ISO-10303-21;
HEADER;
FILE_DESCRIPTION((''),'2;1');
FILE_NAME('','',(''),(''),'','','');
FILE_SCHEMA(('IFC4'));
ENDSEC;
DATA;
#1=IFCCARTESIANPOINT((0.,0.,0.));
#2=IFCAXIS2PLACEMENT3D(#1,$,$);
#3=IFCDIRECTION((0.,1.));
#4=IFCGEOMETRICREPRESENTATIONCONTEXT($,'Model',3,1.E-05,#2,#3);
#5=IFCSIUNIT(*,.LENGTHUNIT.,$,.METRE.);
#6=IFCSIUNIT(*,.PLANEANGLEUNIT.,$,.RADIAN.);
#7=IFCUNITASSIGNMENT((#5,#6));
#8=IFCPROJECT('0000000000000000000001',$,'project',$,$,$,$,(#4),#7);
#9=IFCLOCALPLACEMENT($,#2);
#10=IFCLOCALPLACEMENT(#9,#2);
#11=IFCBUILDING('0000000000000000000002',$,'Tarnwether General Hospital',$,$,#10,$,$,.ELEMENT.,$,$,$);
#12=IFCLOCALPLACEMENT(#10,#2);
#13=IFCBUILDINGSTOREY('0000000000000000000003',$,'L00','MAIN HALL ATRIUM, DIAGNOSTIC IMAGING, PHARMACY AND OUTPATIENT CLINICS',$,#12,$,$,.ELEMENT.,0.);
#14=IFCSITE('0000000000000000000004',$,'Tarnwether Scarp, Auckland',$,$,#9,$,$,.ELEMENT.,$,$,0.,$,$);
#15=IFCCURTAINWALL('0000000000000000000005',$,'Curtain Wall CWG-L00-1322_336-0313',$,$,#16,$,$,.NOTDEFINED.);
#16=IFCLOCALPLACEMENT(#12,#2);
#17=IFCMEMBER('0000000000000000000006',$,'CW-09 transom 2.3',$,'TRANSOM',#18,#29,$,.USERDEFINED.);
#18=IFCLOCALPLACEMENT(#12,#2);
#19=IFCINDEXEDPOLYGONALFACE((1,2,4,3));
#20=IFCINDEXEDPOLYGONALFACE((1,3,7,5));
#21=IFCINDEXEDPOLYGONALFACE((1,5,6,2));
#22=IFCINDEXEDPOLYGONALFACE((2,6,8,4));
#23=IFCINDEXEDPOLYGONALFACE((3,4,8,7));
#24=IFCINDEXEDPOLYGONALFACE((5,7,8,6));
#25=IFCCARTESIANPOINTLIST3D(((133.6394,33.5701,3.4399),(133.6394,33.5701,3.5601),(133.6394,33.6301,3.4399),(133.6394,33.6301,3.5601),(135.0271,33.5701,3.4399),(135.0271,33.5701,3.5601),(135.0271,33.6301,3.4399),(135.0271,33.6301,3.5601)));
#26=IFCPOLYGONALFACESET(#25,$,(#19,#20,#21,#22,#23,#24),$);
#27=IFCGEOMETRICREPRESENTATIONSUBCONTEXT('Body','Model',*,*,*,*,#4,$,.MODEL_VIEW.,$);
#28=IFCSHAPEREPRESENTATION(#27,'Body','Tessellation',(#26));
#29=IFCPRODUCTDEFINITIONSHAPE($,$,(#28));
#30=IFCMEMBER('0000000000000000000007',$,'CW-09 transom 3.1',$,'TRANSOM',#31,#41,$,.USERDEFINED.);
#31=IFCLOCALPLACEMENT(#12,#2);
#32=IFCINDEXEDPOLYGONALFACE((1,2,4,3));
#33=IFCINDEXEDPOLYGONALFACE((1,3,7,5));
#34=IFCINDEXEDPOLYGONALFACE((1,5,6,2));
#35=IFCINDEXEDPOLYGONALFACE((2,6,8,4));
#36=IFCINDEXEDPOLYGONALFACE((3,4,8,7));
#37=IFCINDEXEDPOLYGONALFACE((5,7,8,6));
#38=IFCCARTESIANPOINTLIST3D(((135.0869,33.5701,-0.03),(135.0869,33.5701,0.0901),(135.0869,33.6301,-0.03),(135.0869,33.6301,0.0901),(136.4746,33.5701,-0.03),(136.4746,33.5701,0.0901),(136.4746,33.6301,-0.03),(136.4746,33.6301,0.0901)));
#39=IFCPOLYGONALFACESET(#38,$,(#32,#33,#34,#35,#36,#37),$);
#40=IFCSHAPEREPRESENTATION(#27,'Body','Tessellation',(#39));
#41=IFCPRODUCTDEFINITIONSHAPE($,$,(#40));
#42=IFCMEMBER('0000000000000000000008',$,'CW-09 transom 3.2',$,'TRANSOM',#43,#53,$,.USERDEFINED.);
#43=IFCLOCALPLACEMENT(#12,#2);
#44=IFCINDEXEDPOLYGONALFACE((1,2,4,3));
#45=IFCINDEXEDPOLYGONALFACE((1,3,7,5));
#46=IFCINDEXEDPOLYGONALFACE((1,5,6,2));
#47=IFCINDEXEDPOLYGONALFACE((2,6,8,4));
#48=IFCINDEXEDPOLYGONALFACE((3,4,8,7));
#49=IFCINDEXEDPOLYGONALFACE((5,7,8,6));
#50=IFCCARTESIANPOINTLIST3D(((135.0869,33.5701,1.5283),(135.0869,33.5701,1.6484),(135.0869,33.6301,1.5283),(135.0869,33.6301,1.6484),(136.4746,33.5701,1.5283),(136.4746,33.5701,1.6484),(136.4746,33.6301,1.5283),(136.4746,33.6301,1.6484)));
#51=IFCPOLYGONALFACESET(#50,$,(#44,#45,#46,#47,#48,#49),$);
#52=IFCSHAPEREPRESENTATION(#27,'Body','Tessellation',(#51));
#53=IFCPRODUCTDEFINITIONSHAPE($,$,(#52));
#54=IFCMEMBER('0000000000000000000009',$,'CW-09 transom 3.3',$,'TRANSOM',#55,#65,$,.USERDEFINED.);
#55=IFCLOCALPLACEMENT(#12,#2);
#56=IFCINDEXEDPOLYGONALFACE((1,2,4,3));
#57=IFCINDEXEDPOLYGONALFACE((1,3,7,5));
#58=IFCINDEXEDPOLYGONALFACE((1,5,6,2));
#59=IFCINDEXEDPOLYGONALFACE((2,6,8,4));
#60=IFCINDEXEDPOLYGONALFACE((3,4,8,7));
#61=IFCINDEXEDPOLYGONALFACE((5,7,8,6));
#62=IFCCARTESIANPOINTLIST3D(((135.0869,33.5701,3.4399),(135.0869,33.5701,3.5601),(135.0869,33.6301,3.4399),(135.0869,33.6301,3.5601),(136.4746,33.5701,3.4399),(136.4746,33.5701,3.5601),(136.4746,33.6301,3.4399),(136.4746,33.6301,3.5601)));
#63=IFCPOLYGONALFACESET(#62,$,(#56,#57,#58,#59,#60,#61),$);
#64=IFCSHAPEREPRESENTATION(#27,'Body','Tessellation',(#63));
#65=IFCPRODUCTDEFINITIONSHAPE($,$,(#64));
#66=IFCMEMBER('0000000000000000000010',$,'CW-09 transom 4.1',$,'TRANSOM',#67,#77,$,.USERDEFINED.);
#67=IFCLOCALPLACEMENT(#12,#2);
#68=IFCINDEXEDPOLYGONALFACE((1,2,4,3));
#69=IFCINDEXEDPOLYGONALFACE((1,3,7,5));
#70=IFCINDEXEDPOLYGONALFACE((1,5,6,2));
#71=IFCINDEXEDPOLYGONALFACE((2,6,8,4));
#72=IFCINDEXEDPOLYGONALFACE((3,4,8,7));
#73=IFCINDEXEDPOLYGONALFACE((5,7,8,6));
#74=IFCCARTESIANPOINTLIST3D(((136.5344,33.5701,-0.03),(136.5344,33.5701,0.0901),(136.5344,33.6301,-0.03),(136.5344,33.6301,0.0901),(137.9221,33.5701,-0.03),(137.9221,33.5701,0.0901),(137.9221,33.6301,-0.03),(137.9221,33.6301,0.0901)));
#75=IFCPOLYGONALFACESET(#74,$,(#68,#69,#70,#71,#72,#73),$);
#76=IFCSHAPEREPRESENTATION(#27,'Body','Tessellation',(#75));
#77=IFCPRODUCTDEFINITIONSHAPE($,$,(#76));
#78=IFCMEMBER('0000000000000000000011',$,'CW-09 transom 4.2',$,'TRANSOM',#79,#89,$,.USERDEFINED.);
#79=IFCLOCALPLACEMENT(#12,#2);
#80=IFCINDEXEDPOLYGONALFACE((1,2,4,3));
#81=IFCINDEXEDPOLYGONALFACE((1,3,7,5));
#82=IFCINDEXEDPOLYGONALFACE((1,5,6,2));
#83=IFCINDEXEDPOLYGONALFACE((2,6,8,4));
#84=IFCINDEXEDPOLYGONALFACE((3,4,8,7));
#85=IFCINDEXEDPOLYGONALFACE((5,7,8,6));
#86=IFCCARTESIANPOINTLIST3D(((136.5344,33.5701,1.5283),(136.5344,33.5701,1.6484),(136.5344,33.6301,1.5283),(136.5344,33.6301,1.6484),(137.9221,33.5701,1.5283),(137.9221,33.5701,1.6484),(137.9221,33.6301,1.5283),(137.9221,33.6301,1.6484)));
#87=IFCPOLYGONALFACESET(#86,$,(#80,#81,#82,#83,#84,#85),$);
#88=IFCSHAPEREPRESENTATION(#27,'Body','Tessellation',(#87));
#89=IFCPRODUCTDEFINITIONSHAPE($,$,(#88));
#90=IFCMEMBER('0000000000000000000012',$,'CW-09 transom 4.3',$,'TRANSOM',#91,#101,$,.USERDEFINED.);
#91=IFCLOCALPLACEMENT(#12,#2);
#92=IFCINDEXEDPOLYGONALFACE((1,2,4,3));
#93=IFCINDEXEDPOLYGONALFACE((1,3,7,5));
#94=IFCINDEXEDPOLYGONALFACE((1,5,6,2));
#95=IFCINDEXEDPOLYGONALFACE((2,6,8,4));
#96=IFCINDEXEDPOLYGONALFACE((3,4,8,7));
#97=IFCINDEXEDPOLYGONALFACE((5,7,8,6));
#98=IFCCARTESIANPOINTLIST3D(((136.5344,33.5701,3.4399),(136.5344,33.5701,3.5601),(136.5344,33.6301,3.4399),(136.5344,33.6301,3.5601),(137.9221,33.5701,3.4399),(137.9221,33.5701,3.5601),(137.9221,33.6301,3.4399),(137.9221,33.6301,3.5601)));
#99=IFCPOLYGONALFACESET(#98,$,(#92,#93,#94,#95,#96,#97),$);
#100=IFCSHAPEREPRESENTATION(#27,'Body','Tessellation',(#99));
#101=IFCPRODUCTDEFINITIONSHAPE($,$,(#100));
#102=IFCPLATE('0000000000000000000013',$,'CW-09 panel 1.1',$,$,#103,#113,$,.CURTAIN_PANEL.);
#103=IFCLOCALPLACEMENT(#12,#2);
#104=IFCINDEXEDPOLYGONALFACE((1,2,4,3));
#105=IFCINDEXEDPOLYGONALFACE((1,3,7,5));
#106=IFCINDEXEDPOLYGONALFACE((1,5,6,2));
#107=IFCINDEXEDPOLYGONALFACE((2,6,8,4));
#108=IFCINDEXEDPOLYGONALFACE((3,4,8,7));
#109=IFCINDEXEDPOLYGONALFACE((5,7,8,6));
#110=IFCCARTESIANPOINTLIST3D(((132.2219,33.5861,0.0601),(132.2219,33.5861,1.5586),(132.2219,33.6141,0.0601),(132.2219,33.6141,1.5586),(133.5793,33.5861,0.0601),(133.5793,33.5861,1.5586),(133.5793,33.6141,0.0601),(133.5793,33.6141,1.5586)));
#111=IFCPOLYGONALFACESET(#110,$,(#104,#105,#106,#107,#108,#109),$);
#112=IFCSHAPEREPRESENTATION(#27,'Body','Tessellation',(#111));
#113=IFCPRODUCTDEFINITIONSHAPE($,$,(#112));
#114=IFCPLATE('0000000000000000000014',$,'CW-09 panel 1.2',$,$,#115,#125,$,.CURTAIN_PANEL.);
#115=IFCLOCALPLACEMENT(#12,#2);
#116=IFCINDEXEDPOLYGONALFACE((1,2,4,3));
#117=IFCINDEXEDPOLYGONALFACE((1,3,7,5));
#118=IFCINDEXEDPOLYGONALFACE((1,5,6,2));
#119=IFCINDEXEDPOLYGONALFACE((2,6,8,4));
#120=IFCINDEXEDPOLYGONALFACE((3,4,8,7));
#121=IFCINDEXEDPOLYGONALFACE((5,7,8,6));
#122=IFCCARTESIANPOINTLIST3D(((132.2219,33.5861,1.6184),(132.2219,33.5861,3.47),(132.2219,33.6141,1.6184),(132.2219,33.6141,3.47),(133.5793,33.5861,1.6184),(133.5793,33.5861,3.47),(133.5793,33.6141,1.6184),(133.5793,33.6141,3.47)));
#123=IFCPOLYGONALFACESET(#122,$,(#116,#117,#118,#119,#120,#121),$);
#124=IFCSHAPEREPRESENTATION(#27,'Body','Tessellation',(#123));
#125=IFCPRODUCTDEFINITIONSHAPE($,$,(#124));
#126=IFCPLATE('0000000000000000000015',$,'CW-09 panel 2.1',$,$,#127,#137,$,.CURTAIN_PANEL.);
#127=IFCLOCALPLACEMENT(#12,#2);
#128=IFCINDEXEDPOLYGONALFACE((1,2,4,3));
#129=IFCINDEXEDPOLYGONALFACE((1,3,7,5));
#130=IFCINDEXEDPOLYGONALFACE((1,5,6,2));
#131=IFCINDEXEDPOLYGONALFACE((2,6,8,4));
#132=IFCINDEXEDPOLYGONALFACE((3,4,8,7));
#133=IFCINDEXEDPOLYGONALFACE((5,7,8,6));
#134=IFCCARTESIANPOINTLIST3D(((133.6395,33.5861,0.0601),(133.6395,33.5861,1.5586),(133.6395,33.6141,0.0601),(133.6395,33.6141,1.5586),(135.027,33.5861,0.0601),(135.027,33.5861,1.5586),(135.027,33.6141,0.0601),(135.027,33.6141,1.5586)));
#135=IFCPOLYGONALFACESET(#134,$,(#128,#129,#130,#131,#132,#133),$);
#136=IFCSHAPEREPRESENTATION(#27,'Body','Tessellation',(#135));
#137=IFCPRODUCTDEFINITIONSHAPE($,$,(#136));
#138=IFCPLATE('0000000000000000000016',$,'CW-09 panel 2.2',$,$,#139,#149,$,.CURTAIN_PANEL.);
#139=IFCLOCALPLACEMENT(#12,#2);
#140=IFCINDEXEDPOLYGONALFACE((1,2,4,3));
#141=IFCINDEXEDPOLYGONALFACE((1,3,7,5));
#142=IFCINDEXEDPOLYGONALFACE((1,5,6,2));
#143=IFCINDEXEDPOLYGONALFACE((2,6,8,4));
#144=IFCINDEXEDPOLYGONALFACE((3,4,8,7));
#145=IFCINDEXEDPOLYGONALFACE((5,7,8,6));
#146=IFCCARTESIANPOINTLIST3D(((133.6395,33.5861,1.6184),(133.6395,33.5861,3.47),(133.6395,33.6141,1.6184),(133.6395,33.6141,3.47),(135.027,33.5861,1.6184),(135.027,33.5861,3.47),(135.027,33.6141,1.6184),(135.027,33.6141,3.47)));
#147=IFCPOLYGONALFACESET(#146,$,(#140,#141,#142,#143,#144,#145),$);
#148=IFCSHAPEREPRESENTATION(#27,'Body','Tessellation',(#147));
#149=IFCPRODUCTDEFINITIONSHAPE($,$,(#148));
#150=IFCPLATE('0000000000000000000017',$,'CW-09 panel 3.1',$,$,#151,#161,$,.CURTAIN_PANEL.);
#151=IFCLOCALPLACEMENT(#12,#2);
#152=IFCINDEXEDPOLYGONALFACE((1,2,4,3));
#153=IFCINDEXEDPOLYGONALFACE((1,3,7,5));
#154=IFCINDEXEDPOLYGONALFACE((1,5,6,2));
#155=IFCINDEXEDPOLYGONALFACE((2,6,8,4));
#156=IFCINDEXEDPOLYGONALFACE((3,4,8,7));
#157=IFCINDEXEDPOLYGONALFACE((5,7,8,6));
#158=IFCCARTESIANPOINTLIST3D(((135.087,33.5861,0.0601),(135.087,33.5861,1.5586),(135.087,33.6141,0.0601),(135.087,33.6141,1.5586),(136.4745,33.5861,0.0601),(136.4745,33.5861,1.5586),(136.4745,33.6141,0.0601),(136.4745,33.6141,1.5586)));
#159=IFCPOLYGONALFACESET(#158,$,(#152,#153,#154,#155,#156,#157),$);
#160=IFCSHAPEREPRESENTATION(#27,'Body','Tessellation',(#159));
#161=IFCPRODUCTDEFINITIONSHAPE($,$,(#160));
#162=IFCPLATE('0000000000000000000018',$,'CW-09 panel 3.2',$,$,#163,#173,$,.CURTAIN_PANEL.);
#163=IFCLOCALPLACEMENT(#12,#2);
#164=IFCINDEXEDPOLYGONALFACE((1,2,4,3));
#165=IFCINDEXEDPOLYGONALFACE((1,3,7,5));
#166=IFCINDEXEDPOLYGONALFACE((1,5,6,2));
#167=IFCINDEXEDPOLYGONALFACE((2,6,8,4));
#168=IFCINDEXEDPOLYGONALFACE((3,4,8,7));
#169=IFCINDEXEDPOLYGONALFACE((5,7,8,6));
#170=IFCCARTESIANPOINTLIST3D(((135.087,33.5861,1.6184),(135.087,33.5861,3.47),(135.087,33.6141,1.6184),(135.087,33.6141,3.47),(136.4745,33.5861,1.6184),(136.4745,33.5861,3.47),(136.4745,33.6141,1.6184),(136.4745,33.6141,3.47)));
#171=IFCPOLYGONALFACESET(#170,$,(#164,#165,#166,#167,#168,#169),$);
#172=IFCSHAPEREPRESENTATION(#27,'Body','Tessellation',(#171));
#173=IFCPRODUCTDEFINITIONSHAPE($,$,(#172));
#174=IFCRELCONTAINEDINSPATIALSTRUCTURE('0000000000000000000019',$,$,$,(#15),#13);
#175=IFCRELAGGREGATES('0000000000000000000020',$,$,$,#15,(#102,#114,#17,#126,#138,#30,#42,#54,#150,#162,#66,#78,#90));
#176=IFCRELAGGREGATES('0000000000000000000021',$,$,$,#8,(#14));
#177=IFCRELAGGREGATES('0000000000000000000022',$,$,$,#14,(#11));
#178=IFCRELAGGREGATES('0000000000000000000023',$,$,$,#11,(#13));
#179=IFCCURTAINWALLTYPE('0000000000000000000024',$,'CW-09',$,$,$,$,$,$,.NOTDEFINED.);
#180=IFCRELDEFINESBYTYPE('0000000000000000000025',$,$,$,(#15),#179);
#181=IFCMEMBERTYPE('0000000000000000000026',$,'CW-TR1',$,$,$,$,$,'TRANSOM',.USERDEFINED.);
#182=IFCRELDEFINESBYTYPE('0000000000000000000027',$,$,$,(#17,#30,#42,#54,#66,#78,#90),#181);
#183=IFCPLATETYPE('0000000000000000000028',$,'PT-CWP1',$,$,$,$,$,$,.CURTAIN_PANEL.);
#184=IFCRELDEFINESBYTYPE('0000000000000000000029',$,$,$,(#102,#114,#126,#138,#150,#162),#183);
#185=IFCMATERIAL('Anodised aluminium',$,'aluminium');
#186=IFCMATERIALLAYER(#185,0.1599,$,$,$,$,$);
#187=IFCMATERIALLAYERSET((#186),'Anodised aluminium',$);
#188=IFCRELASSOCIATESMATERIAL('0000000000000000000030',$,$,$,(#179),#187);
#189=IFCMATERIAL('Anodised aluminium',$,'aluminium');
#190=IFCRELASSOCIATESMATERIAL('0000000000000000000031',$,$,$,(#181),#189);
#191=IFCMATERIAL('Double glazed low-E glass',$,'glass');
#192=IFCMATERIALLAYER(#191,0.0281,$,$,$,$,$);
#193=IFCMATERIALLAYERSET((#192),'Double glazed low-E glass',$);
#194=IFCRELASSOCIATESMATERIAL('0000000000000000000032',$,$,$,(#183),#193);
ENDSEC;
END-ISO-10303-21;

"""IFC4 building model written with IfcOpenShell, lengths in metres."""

from ifc_helpers import new_model, si_unit, direction, frame, origin, origin_2d, place, context, subcontext, project, spatial, rectangle, extrude, material, layer, layer_set, material_profile, profile_set, type_object, element, aggregate, save


model = new_model("IFC4")

# Units and contexts
model_context = context("Model", 3, precision=1e-05, world=origin(), true_north=direction((0.0, 1.0)))
body_context = subcontext(model_context, "Body", "Model", "MODEL_VIEW")
ifc_project = project(units=[si_unit("LENGTHUNIT", "METRE"), si_unit("PLANEANGLEUNIT", "RADIAN")], contexts=[model_context])

# Site, building, storey
site_placement = place(None, origin())
site = spatial("IfcSite", under=ifc_project, at=site_placement, Name="Tarnwether Scarp, Auckland", CompositionType="ELEMENT", RefElevation=0.0)
building_placement = place(site_placement, origin())
building = spatial("IfcBuilding", under=site, at=building_placement, Name="Tarnwether General Hospital", CompositionType="ELEMENT")
storey_placement = place(building_placement, origin())
storey = spatial("IfcBuildingStorey", under=building, at=storey_placement, Name="L00", Description="MAIN HALL ATRIUM, DIAGNOSTIC IMAGING, PHARMACY AND OUTPATIENT CLINICS", CompositionType="ELEMENT", Elevation=0.0)

# Curtain wall, members, plates
ifc_material_1 = material(Name="Anodised aluminium", Category="aluminium")
ifc_layer_1 = layer(ifc_material_1, 0.1599)
ifc_layer_set_1 = layer_set([ifc_layer_1], Name="Anodised aluminium")
curtain_wall_type = type_object("IfcCurtainWallType", Name="CW-09", PredefinedType="NOTDEFINED", material=ifc_layer_set_1)
curtain_wall_placement = place(storey_placement, origin())
curtain_wall = element("IfcCurtainWall", 1, at=curtain_wall_placement, inside=storey, type_object=curtain_wall_type, Name="Curtain Wall CWG-L00-1322_336-0313", PredefinedType="NOTDEFINED")
ifc_material_2 = material(Name="Anodised aluminium", Category="aluminium")
ifc_material_profile_1 = material_profile(ifc_material_2, rectangle(XDim=0.0601, YDim=0.1201, at=origin_2d()), Name="ALU-TRN-60x120")
ifc_profile_set_1 = profile_set([ifc_material_profile_1], Name="Anodised aluminium")
member_type_1 = type_object("IfcMemberType", Name="CW-TR1", ElementType="TRANSOM", PredefinedType="USERDEFINED", material=ifc_profile_set_1)
member_1_placement = place(storey_placement, frame((133.6394, 33.6001, 3.5), z_axis=(1.0, 0.0, 0.0), x_axis=(0.0, 1.0, 0.0)))
member_1 = element("IfcMember", 2, at=member_1_placement, type_object=member_type_1, Name="CW-09 transom 2.3", ObjectType="TRANSOM", PredefinedType="USERDEFINED", context=body_context, shape_type="SweptSolid", body=[
    extrude(rectangle(XDim=0.0601, YDim=0.1201, at=origin_2d()), origin(), (0.0, 0.0, 1.0), 1.3877),
])
member_2_placement = place(storey_placement, frame((135.0869, 33.6001, 0.03), z_axis=(1.0, 0.0, 0.0), x_axis=(0.0, 1.0, 0.0)))
member_2 = element("IfcMember", 3, at=member_2_placement, type_object=member_type_1, Name="CW-09 transom 3.1", ObjectType="TRANSOM", PredefinedType="USERDEFINED", context=body_context, shape_type="SweptSolid", body=[
    extrude(rectangle(XDim=0.0601, YDim=0.1201, at=origin_2d()), origin(), (0.0, 0.0, 1.0), 1.3877),
])
member_3_placement = place(storey_placement, frame((135.0869, 33.6001, 1.5884), z_axis=(1.0, 0.0, 0.0), x_axis=(0.0, 1.0, 0.0)))
member_3 = element("IfcMember", 4, at=member_3_placement, type_object=member_type_1, Name="CW-09 transom 3.2", ObjectType="TRANSOM", PredefinedType="USERDEFINED", context=body_context, shape_type="SweptSolid", body=[
    extrude(rectangle(XDim=0.0601, YDim=0.1201, at=origin_2d()), origin(), (0.0, 0.0, 1.0), 1.3877),
])
member_4_placement = place(storey_placement, frame((135.0869, 33.6001, 3.5), z_axis=(1.0, 0.0, 0.0), x_axis=(0.0, 1.0, 0.0)))
member_4 = element("IfcMember", 5, at=member_4_placement, type_object=member_type_1, Name="CW-09 transom 3.3", ObjectType="TRANSOM", PredefinedType="USERDEFINED", context=body_context, shape_type="SweptSolid", body=[
    extrude(rectangle(XDim=0.0601, YDim=0.1201, at=origin_2d()), origin(), (0.0, 0.0, 1.0), 1.3877),
])
member_5_placement = place(storey_placement, frame((136.5344, 33.6001, 0.03), z_axis=(1.0, 0.0, 0.0), x_axis=(0.0, 1.0, 0.0)))
member_5 = element("IfcMember", 6, at=member_5_placement, type_object=member_type_1, Name="CW-09 transom 4.1", ObjectType="TRANSOM", PredefinedType="USERDEFINED", context=body_context, shape_type="SweptSolid", body=[
    extrude(rectangle(XDim=0.0601, YDim=0.1201, at=origin_2d()), origin(), (0.0, 0.0, 1.0), 1.3877),
])
member_6_placement = place(storey_placement, frame((136.5344, 33.6001, 1.5884), z_axis=(1.0, 0.0, 0.0), x_axis=(0.0, 1.0, 0.0)))
member_6 = element("IfcMember", 7, at=member_6_placement, type_object=member_type_1, Name="CW-09 transom 4.2", ObjectType="TRANSOM", PredefinedType="USERDEFINED", context=body_context, shape_type="SweptSolid", body=[
    extrude(rectangle(XDim=0.0601, YDim=0.1201, at=origin_2d()), origin(), (0.0, 0.0, 1.0), 1.3877),
])
member_7_placement = place(storey_placement, frame((136.5344, 33.6001, 3.5), z_axis=(1.0, 0.0, 0.0), x_axis=(0.0, 1.0, 0.0)))
member_7 = element("IfcMember", 8, at=member_7_placement, type_object=member_type_1, Name="CW-09 transom 4.3", ObjectType="TRANSOM", PredefinedType="USERDEFINED", context=body_context, shape_type="SweptSolid", body=[
    extrude(rectangle(XDim=0.0601, YDim=0.1201, at=origin_2d()), origin(), (0.0, 0.0, 1.0), 1.3877),
])
ifc_material_3 = material(Name="Double glazed low-E glass", Category="glass")
ifc_layer_2 = layer(ifc_material_3, 0.0281)
ifc_layer_set_2 = layer_set([ifc_layer_2], Name="Double glazed low-E glass")
plate_type = type_object("IfcPlateType", Name="PT-CWP1", PredefinedType="CURTAIN_PANEL", material=ifc_layer_set_2)
plate_1_placement = place(storey_placement, frame((132.9006, 33.6001, 0.0601), z_axis=(0.0, 0.0, 1.0), x_axis=(1.0, 0.0, 0.0)))
plate_1 = element("IfcPlate", 9, at=plate_1_placement, type_object=plate_type, Name="CW-09 panel 1.1", PredefinedType="CURTAIN_PANEL", context=body_context, shape_type="SweptSolid", body=[
    extrude(rectangle(XDim=1.3574, YDim=0.0281, at=origin_2d()), origin(), (0.0, 0.0, 1.0), 1.4985),
])
plate_2_placement = place(storey_placement, frame((132.9006, 33.6001, 1.6184), z_axis=(0.0, 0.0, 1.0), x_axis=(1.0, 0.0, 0.0)))
plate_2 = element("IfcPlate", 10, at=plate_2_placement, type_object=plate_type, Name="CW-09 panel 1.2", PredefinedType="CURTAIN_PANEL", context=body_context, shape_type="SweptSolid", body=[
    extrude(rectangle(XDim=1.3574, YDim=0.0281, at=origin_2d()), origin(), (0.0, 0.0, 1.0), 1.8516),
])
plate_3_placement = place(storey_placement, frame((134.3333, 33.6001, 0.0601), z_axis=(0.0, 0.0, 1.0), x_axis=(1.0, 0.0, 0.0)))
plate_3 = element("IfcPlate", 11, at=plate_3_placement, type_object=plate_type, Name="CW-09 panel 2.1", PredefinedType="CURTAIN_PANEL", context=body_context, shape_type="SweptSolid", body=[
    extrude(rectangle(XDim=1.3875, YDim=0.0281, at=origin_2d()), origin(), (0.0, 0.0, 1.0), 1.4985),
])
plate_4_placement = place(storey_placement, frame((134.3333, 33.6001, 1.6184), z_axis=(0.0, 0.0, 1.0), x_axis=(1.0, 0.0, 0.0)))
plate_4 = element("IfcPlate", 12, at=plate_4_placement, type_object=plate_type, Name="CW-09 panel 2.2", PredefinedType="CURTAIN_PANEL", context=body_context, shape_type="SweptSolid", body=[
    extrude(rectangle(XDim=1.3875, YDim=0.0281, at=origin_2d()), origin(), (0.0, 0.0, 1.0), 1.8516),
])
plate_5_placement = place(storey_placement, frame((135.7808, 33.6001, 0.0601), z_axis=(0.0, 0.0, 1.0), x_axis=(1.0, 0.0, 0.0)))
plate_5 = element("IfcPlate", 13, at=plate_5_placement, type_object=plate_type, Name="CW-09 panel 3.1", PredefinedType="CURTAIN_PANEL", context=body_context, shape_type="SweptSolid", body=[
    extrude(rectangle(XDim=1.3875, YDim=0.0281, at=origin_2d()), origin(), (0.0, 0.0, 1.0), 1.4985),
])
plate_6_placement = place(storey_placement, frame((135.7808, 33.6001, 1.6184), z_axis=(0.0, 0.0, 1.0), x_axis=(1.0, 0.0, 0.0)))
plate_6 = element("IfcPlate", 14, at=plate_6_placement, type_object=plate_type, Name="CW-09 panel 3.2", PredefinedType="CURTAIN_PANEL", context=body_context, shape_type="SweptSolid", body=[
    extrude(rectangle(XDim=1.3875, YDim=0.0281, at=origin_2d()), origin(), (0.0, 0.0, 1.0), 1.8516),
])
aggregate(curtain_wall, [plate_1, plate_2, member_1, plate_3, plate_4, member_2, member_3, member_4, plate_5, plate_6, member_5, member_6, member_7])

save(model, "model.ifc")
